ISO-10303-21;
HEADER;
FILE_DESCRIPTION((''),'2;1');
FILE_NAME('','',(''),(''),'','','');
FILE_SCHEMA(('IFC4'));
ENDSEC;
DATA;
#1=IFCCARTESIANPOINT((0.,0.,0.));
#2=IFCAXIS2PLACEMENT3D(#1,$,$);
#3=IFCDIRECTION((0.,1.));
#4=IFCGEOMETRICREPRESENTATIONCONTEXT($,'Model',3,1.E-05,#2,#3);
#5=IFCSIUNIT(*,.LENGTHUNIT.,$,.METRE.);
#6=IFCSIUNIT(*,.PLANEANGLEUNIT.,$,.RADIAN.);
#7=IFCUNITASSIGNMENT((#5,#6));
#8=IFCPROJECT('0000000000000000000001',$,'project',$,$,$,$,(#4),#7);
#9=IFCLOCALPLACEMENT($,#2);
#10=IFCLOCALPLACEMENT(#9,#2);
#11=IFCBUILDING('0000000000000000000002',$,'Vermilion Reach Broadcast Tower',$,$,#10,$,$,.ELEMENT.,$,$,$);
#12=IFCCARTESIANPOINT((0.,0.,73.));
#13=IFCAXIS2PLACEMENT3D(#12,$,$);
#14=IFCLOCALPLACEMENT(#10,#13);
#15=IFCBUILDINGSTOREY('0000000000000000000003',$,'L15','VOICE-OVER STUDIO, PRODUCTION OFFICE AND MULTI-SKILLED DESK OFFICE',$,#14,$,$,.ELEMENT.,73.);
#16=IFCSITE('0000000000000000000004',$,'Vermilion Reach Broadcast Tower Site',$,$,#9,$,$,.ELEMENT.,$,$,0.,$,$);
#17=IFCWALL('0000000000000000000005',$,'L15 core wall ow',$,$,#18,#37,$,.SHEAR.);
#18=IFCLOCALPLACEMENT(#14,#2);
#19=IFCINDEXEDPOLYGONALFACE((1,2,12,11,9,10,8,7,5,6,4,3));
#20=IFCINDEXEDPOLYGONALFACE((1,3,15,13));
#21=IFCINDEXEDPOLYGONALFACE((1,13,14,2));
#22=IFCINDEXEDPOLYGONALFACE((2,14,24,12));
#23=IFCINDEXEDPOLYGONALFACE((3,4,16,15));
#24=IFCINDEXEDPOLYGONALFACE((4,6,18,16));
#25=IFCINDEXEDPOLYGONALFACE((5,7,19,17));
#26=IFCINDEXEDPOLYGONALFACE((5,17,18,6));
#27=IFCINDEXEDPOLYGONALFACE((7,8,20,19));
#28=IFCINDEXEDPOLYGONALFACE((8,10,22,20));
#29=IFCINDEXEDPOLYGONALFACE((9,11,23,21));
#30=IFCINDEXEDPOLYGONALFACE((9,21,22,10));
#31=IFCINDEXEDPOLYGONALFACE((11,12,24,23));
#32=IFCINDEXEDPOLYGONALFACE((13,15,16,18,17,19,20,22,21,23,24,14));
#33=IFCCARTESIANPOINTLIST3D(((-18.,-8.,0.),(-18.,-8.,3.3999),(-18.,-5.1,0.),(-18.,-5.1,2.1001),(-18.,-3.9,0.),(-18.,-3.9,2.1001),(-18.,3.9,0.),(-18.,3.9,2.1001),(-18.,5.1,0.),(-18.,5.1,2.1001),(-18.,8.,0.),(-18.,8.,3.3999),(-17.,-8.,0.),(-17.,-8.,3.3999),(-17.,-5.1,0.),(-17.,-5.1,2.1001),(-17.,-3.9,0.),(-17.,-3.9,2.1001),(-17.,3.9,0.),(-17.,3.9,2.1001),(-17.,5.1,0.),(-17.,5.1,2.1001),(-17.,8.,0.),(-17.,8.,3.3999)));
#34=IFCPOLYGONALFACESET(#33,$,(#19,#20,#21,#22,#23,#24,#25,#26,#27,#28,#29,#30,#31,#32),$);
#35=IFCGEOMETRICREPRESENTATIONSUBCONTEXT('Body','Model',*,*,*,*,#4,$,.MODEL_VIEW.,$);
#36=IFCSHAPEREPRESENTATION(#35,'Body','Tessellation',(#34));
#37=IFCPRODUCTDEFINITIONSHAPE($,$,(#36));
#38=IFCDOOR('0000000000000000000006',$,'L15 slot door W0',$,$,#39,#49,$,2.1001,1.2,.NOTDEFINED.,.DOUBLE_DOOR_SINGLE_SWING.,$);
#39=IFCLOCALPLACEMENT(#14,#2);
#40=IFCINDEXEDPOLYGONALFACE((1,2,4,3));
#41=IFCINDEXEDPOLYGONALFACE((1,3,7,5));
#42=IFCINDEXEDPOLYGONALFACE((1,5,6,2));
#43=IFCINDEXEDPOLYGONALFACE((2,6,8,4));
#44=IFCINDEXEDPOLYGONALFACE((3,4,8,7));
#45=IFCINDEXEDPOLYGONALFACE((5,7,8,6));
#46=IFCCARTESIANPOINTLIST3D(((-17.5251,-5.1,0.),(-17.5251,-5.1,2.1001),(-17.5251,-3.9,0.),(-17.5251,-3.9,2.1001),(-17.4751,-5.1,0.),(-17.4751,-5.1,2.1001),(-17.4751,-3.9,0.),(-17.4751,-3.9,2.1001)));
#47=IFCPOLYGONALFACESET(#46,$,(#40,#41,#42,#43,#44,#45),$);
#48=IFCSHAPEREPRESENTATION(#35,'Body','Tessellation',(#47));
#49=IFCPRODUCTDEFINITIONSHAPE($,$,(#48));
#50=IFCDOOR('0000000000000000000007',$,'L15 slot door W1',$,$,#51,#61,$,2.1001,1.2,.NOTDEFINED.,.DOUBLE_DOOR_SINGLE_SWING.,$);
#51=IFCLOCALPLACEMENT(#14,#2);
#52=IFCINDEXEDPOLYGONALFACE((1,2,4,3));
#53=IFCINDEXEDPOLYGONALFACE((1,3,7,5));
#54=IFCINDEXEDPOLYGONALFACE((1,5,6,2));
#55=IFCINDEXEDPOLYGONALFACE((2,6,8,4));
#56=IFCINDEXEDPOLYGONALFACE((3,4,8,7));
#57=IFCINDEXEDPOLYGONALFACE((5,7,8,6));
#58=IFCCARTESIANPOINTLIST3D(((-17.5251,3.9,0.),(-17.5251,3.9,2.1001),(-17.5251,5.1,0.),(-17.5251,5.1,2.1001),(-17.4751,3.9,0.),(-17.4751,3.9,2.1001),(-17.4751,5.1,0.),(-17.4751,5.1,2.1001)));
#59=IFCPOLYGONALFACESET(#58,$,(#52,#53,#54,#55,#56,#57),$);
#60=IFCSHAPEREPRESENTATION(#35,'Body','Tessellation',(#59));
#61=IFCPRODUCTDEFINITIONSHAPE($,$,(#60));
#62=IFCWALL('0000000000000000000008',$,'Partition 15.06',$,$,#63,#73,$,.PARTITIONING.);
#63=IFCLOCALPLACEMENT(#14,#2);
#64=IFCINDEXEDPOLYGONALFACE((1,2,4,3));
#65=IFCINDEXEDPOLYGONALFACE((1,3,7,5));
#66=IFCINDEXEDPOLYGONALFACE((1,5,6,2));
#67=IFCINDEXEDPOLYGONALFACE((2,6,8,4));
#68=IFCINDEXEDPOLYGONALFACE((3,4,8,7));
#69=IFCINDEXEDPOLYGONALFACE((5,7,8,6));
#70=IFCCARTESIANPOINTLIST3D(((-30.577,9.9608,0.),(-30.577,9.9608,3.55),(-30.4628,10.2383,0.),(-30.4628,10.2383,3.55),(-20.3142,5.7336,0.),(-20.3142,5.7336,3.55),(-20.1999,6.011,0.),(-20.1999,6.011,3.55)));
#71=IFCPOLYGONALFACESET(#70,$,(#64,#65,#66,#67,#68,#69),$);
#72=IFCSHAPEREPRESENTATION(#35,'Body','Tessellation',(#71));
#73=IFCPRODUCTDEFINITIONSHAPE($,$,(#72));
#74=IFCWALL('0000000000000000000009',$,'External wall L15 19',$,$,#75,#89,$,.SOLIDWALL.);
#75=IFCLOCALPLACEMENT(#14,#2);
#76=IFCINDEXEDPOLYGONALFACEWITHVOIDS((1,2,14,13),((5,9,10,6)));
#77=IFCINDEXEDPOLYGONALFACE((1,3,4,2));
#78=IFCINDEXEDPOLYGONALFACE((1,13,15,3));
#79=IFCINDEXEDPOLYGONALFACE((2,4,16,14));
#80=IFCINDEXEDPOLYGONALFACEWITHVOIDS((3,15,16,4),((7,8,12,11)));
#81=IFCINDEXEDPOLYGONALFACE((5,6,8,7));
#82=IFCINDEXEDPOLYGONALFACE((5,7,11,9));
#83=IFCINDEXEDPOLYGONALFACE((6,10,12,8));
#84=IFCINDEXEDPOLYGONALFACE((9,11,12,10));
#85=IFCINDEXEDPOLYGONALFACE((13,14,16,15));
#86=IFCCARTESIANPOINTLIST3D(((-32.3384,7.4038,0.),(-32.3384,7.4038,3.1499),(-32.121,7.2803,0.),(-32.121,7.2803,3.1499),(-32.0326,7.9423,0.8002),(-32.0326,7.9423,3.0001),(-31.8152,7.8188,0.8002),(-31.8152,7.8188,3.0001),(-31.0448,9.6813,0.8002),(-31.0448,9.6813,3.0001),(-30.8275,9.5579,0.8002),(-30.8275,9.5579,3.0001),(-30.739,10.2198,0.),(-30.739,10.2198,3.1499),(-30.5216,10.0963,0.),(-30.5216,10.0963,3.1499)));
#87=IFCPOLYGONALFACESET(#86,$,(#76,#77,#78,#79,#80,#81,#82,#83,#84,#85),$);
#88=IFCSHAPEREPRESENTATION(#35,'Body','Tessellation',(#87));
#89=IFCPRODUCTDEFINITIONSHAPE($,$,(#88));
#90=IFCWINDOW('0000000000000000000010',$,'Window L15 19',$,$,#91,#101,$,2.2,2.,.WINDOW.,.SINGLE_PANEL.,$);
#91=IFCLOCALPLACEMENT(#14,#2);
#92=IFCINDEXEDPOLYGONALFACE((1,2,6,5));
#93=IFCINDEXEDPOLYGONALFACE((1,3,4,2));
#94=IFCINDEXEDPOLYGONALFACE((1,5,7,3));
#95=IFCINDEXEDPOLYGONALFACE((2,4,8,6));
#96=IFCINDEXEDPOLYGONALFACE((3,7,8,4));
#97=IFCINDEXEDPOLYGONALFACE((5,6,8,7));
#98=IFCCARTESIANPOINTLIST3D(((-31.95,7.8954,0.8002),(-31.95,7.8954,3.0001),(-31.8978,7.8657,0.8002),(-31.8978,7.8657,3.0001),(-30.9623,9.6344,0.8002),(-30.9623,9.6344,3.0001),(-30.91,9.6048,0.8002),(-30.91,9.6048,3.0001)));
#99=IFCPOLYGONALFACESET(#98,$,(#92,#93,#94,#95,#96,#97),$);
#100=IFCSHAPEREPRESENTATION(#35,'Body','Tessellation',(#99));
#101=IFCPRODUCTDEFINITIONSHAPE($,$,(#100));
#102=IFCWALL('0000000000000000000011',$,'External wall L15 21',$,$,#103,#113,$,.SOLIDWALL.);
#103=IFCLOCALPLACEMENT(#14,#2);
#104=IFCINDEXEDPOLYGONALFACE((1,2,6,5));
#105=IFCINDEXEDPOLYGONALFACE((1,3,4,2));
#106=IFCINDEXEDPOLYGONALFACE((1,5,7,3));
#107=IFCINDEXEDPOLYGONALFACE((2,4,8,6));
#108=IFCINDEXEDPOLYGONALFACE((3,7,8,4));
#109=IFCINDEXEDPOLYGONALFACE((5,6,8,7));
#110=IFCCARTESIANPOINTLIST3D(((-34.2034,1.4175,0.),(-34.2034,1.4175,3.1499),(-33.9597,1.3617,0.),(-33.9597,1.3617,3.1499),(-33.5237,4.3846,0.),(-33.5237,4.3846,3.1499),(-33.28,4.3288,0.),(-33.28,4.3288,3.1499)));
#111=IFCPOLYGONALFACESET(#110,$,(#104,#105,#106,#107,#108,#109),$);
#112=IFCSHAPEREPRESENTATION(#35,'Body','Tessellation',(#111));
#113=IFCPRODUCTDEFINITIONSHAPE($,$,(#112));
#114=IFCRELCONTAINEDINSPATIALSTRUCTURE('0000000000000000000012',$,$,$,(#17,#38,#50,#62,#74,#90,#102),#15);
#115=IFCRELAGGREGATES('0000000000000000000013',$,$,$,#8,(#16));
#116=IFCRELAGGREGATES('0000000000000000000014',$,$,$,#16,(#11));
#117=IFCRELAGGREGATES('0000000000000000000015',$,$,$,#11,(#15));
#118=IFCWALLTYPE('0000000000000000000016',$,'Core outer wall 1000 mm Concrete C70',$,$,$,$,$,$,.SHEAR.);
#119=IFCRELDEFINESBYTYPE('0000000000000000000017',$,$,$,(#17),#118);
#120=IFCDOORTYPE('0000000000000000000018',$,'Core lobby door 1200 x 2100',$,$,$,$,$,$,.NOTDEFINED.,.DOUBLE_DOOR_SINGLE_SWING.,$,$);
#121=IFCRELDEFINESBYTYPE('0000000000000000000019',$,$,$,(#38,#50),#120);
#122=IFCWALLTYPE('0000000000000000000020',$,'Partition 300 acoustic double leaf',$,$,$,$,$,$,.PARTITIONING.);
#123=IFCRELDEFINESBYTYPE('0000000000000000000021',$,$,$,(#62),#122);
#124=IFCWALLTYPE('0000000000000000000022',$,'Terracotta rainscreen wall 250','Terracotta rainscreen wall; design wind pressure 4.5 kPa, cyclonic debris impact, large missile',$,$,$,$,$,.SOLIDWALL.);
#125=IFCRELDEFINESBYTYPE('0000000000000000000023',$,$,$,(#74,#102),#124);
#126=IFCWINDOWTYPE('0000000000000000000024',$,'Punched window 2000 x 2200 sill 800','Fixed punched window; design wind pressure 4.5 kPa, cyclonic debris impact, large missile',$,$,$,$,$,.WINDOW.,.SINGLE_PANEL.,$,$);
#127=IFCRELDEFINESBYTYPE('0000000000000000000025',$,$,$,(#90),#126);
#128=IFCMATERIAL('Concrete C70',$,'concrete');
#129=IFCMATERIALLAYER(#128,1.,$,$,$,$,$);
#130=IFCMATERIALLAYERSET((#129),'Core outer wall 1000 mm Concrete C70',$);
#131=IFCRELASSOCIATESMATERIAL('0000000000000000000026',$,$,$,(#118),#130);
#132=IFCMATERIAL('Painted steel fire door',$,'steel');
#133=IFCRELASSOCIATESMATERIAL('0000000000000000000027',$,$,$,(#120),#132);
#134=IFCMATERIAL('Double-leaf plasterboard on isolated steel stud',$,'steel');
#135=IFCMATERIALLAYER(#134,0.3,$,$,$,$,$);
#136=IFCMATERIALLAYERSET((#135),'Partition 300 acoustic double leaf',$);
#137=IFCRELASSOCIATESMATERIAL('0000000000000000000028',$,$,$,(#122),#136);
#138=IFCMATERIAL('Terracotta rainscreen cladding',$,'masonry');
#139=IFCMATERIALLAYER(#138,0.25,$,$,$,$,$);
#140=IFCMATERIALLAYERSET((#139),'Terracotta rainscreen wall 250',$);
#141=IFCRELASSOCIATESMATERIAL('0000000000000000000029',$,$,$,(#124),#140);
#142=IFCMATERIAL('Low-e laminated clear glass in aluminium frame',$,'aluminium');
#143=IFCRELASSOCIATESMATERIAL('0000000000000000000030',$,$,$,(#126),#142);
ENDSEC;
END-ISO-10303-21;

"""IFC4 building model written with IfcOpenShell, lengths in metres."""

from ifc_helpers import new_model, si_unit, direction, frame, frame_2d, origin, place, context, subcontext, project, spatial, rectangle, extrude, material, layer, layer_set, type_object, element, fill, save


model = new_model("IFC4")

# Units and contexts
model_context = context("Model", 3, precision=1e-05, world=origin(), true_north=direction((0.0, 1.0)))
body_context = subcontext(model_context, "Body", "Model", "MODEL_VIEW")
ifc_project = project(units=[si_unit("LENGTHUNIT", "METRE"), si_unit("PLANEANGLEUNIT", "RADIAN")], contexts=[model_context])

# Site, building, storey
site_placement = place(None, origin())
site = spatial("IfcSite", under=ifc_project, at=site_placement, Name="Vermilion Reach Broadcast Tower Site", CompositionType="ELEMENT", RefElevation=0.0)
building_placement = place(site_placement, origin())
building = spatial("IfcBuilding", under=site, at=building_placement, Name="Vermilion Reach Broadcast Tower", CompositionType="ELEMENT")
storey_placement = place(building_placement, frame((0.0, 0.0, 73.0)))
storey = spatial("IfcBuildingStorey", under=building, at=storey_placement, Name="L15", Description="VOICE-OVER STUDIO, PRODUCTION OFFICE AND MULTI-SKILLED DESK OFFICE", CompositionType="ELEMENT", Elevation=73.0)

# Wall, openings, doors
ifc_material_1 = material(Name="Concrete C70", Category="concrete")
ifc_layer_1 = layer(ifc_material_1, 1.0)
ifc_layer_set_1 = layer_set([ifc_layer_1], Name="Core outer wall 1000 mm Concrete C70")
wall_type_1 = type_object("IfcWallType", Name="Core outer wall 1000 mm Concrete C70", PredefinedType="SHEAR", material=ifc_layer_set_1)
wall_1_placement = place(storey_placement, frame((-17.5, 8.0, 0.0), z_axis=(0.0, 0.0, 1.0), x_axis=(0.0, -1.0, 0.0)))
wall_1 = element("IfcWall", 1, at=wall_1_placement, inside=storey, type_object=wall_type_1, Name="L15 core wall ow", PredefinedType="SHEAR", context=body_context, shape_type="SweptSolid", body=[
    extrude(rectangle(XDim=16.0, YDim=1.0, at=frame_2d((8.0, 0.0))), origin(), (0.0, 0.0, 1.0), 3.3999),
])
opening_1_placement = place(wall_1_placement, frame((11.8999, 0.0, 0.0)))
opening_1 = element("IfcOpeningElement", 2, at=opening_1_placement, cuts=wall_1, PredefinedType="OPENING", context=body_context, shape_type="SweptSolid", body=[
    extrude(rectangle(XDim=1.2, YDim=2.1001, at=frame_2d((0.6001, 1.05))), frame((0.0, 0.51, 0.0), z_axis=(0.0, -1.0, 0.0), x_axis=(1.0, 0.0, 0.0)), (0.0, 0.0, 1.0), 1.02),
])
opening_2_placement = place(wall_1_placement, frame((2.8999, 0.0, 0.0)))
opening_2 = element("IfcOpeningElement", 3, at=opening_2_placement, cuts=wall_1, PredefinedType="OPENING", context=body_context, shape_type="SweptSolid", body=[
    extrude(rectangle(XDim=1.2, YDim=2.1001, at=frame_2d((0.6001, 1.05))), frame((0.0, 0.51, 0.0), z_axis=(0.0, -1.0, 0.0), x_axis=(1.0, 0.0, 0.0)), (0.0, 0.0, 1.0), 1.02),
])
ifc_material_2 = material(Name="Painted steel fire door", Category="steel")
door_type_1 = type_object("IfcDoorType", Name="Core lobby door 1200 x 2100", OperationType="DOUBLE_DOOR_SINGLE_SWING", PredefinedType="NOTDEFINED", material=ifc_material_2)
door_1_placement = place(opening_1_placement, origin())
door_1 = element("IfcDoor", 4, at=door_1_placement, inside=storey, type_object=door_type_1, Name="L15 slot door W0", OperationType="DOUBLE_DOOR_SINGLE_SWING", OverallHeight=2.1001, OverallWidth=1.2, PredefinedType="NOTDEFINED", context=body_context, shape_type="SweptSolid", body=[
    extrude(rectangle(XDim=1.2, YDim=2.1001, at=frame_2d((0.6001, 1.05))), frame((0.0, 0.0249, 0.0), z_axis=(0.0, -1.0, 0.0), x_axis=(1.0, 0.0, 0.0)), (0.0, 0.0, 1.0), 0.05),
])
fill(opening_1, door_1)
door_2_placement = place(opening_2_placement, origin())
door_2 = element("IfcDoor", 5, at=door_2_placement, inside=storey, type_object=door_type_1, Name="L15 slot door W1", OperationType="DOUBLE_DOOR_SINGLE_SWING", OverallHeight=2.1001, OverallWidth=1.2, PredefinedType="NOTDEFINED", context=body_context, shape_type="SweptSolid", body=[
    extrude(rectangle(XDim=1.2, YDim=2.1001, at=frame_2d((0.6001, 1.05))), frame((0.0, 0.0249, 0.0), z_axis=(0.0, -1.0, 0.0), x_axis=(1.0, 0.0, 0.0)), (0.0, 0.0, 1.0), 0.05),
])
fill(opening_2, door_2)

# Wall
ifc_material_3 = material(Name="Double-leaf plasterboard on isolated steel stud", Category="steel")
ifc_layer_2 = layer(ifc_material_3, 0.3)
ifc_layer_set_2 = layer_set([ifc_layer_2], Name="Partition 300 acoustic double leaf")
wall_type_2 = type_object("IfcWallType", Name="Partition 300 acoustic double leaf", PredefinedType="PARTITIONING", material=ifc_layer_set_2)
wall_2_placement = place(storey_placement, frame((-30.52, 10.0996, 0.0), z_axis=(0.0, 0.0, 1.0), x_axis=(0.924634, -0.380856, 0.0)))
element("IfcWall", 6, at=wall_2_placement, inside=storey, type_object=wall_type_2, Name="Partition 15.06", PredefinedType="PARTITIONING", context=body_context, shape_type="SweptSolid", body=[
    extrude(rectangle(XDim=11.0994, YDim=0.3, at=frame_2d((5.5498, 0.0))), origin(), (0.0, 0.0, 1.0), 3.55),
])

# Wall, opening, window
ifc_material_4 = material(Name="Terracotta rainscreen cladding", Category="masonry")
ifc_layer_3 = layer(ifc_material_4, 0.25)
ifc_layer_set_3 = layer_set([ifc_layer_3], Name="Terracotta rainscreen wall 250")
wall_type_3 = type_object("IfcWallType", Name="Terracotta rainscreen wall 250", Description="Terracotta rainscreen wall; design wind pressure 4.5 kPa, cyclonic debris impact, large missile", PredefinedType="SOLIDWALL", material=ifc_layer_set_3)
wall_3_placement = place(storey_placement, frame((-30.6304, 10.158, 0.0), z_axis=(0.0, 0.0, 1.0), x_axis=(-0.493872, -0.869535, 0.0)))
wall_3 = element("IfcWall", 7, at=wall_3_placement, inside=storey, type_object=wall_type_3, Name="External wall L15 19", PredefinedType="SOLIDWALL", context=body_context, shape_type="SweptSolid", body=[
    extrude(rectangle(XDim=3.2385, YDim=0.25, at=frame_2d((1.6191, 0.0))), origin(), (0.0, 0.0, 1.0), 3.1499),
])
opening_3_placement = place(wall_3_placement, frame((0.6191, 0.0, 0.8)))
opening_3 = element("IfcOpeningElement", 8, at=opening_3_placement, cuts=wall_3, PredefinedType="OPENING", context=body_context, shape_type="SweptSolid", body=[
    extrude(rectangle(XDim=2.0, YDim=2.2, at=frame_2d((1.0, 1.1001))), frame((0.0, 0.135, 0.0), z_axis=(0.0, -1.0, 0.0), x_axis=(1.0, 0.0, 0.0)), (0.0, 0.0, 1.0), 0.27),
])
ifc_material_5 = material(Name="Low-e laminated clear glass in aluminium frame", Category="aluminium")
window_type = type_object("IfcWindowType", Name="Punched window 2000 x 2200 sill 800", Description="Fixed punched window; design wind pressure 4.5 kPa, cyclonic debris impact, large missile", PartitioningType="SINGLE_PANEL", PredefinedType="WINDOW", material=ifc_material_5)
window_placement = place(opening_3_placement, origin())
window = element("IfcWindow", 9, at=window_placement, inside=storey, type_object=window_type, Name="Window L15 19", OverallHeight=2.2, OverallWidth=2.0, PartitioningType="SINGLE_PANEL", PredefinedType="WINDOW", context=body_context, shape_type="SweptSolid", body=[
    extrude(rectangle(XDim=2.0, YDim=2.2, at=frame_2d((1.0, 1.1001))), frame((0.0, 0.03, 0.0), z_axis=(0.0, -1.0, 0.0), x_axis=(1.0, 0.0, 0.0)), (0.0, 0.0, 1.0), 0.0601),
])
fill(opening_3, window)

# Wall
wall_4_placement = place(storey_placement, frame((-33.4019, 4.3567, 0.0), z_axis=(0.0, 0.0, 1.0), x_axis=(-0.223295, -0.974751, 0.0)))
element("IfcWall", 10, at=wall_4_placement, inside=storey, type_object=wall_type_3, Name="External wall L15 21", PredefinedType="SOLIDWALL", context=body_context, shape_type="SweptSolid", body=[
    extrude(rectangle(XDim=3.0439, YDim=0.25, at=frame_2d((1.522, 0.0))), origin(), (0.0, 0.0, 1.0), 3.1499),
])

save(model, "model.ifc")
